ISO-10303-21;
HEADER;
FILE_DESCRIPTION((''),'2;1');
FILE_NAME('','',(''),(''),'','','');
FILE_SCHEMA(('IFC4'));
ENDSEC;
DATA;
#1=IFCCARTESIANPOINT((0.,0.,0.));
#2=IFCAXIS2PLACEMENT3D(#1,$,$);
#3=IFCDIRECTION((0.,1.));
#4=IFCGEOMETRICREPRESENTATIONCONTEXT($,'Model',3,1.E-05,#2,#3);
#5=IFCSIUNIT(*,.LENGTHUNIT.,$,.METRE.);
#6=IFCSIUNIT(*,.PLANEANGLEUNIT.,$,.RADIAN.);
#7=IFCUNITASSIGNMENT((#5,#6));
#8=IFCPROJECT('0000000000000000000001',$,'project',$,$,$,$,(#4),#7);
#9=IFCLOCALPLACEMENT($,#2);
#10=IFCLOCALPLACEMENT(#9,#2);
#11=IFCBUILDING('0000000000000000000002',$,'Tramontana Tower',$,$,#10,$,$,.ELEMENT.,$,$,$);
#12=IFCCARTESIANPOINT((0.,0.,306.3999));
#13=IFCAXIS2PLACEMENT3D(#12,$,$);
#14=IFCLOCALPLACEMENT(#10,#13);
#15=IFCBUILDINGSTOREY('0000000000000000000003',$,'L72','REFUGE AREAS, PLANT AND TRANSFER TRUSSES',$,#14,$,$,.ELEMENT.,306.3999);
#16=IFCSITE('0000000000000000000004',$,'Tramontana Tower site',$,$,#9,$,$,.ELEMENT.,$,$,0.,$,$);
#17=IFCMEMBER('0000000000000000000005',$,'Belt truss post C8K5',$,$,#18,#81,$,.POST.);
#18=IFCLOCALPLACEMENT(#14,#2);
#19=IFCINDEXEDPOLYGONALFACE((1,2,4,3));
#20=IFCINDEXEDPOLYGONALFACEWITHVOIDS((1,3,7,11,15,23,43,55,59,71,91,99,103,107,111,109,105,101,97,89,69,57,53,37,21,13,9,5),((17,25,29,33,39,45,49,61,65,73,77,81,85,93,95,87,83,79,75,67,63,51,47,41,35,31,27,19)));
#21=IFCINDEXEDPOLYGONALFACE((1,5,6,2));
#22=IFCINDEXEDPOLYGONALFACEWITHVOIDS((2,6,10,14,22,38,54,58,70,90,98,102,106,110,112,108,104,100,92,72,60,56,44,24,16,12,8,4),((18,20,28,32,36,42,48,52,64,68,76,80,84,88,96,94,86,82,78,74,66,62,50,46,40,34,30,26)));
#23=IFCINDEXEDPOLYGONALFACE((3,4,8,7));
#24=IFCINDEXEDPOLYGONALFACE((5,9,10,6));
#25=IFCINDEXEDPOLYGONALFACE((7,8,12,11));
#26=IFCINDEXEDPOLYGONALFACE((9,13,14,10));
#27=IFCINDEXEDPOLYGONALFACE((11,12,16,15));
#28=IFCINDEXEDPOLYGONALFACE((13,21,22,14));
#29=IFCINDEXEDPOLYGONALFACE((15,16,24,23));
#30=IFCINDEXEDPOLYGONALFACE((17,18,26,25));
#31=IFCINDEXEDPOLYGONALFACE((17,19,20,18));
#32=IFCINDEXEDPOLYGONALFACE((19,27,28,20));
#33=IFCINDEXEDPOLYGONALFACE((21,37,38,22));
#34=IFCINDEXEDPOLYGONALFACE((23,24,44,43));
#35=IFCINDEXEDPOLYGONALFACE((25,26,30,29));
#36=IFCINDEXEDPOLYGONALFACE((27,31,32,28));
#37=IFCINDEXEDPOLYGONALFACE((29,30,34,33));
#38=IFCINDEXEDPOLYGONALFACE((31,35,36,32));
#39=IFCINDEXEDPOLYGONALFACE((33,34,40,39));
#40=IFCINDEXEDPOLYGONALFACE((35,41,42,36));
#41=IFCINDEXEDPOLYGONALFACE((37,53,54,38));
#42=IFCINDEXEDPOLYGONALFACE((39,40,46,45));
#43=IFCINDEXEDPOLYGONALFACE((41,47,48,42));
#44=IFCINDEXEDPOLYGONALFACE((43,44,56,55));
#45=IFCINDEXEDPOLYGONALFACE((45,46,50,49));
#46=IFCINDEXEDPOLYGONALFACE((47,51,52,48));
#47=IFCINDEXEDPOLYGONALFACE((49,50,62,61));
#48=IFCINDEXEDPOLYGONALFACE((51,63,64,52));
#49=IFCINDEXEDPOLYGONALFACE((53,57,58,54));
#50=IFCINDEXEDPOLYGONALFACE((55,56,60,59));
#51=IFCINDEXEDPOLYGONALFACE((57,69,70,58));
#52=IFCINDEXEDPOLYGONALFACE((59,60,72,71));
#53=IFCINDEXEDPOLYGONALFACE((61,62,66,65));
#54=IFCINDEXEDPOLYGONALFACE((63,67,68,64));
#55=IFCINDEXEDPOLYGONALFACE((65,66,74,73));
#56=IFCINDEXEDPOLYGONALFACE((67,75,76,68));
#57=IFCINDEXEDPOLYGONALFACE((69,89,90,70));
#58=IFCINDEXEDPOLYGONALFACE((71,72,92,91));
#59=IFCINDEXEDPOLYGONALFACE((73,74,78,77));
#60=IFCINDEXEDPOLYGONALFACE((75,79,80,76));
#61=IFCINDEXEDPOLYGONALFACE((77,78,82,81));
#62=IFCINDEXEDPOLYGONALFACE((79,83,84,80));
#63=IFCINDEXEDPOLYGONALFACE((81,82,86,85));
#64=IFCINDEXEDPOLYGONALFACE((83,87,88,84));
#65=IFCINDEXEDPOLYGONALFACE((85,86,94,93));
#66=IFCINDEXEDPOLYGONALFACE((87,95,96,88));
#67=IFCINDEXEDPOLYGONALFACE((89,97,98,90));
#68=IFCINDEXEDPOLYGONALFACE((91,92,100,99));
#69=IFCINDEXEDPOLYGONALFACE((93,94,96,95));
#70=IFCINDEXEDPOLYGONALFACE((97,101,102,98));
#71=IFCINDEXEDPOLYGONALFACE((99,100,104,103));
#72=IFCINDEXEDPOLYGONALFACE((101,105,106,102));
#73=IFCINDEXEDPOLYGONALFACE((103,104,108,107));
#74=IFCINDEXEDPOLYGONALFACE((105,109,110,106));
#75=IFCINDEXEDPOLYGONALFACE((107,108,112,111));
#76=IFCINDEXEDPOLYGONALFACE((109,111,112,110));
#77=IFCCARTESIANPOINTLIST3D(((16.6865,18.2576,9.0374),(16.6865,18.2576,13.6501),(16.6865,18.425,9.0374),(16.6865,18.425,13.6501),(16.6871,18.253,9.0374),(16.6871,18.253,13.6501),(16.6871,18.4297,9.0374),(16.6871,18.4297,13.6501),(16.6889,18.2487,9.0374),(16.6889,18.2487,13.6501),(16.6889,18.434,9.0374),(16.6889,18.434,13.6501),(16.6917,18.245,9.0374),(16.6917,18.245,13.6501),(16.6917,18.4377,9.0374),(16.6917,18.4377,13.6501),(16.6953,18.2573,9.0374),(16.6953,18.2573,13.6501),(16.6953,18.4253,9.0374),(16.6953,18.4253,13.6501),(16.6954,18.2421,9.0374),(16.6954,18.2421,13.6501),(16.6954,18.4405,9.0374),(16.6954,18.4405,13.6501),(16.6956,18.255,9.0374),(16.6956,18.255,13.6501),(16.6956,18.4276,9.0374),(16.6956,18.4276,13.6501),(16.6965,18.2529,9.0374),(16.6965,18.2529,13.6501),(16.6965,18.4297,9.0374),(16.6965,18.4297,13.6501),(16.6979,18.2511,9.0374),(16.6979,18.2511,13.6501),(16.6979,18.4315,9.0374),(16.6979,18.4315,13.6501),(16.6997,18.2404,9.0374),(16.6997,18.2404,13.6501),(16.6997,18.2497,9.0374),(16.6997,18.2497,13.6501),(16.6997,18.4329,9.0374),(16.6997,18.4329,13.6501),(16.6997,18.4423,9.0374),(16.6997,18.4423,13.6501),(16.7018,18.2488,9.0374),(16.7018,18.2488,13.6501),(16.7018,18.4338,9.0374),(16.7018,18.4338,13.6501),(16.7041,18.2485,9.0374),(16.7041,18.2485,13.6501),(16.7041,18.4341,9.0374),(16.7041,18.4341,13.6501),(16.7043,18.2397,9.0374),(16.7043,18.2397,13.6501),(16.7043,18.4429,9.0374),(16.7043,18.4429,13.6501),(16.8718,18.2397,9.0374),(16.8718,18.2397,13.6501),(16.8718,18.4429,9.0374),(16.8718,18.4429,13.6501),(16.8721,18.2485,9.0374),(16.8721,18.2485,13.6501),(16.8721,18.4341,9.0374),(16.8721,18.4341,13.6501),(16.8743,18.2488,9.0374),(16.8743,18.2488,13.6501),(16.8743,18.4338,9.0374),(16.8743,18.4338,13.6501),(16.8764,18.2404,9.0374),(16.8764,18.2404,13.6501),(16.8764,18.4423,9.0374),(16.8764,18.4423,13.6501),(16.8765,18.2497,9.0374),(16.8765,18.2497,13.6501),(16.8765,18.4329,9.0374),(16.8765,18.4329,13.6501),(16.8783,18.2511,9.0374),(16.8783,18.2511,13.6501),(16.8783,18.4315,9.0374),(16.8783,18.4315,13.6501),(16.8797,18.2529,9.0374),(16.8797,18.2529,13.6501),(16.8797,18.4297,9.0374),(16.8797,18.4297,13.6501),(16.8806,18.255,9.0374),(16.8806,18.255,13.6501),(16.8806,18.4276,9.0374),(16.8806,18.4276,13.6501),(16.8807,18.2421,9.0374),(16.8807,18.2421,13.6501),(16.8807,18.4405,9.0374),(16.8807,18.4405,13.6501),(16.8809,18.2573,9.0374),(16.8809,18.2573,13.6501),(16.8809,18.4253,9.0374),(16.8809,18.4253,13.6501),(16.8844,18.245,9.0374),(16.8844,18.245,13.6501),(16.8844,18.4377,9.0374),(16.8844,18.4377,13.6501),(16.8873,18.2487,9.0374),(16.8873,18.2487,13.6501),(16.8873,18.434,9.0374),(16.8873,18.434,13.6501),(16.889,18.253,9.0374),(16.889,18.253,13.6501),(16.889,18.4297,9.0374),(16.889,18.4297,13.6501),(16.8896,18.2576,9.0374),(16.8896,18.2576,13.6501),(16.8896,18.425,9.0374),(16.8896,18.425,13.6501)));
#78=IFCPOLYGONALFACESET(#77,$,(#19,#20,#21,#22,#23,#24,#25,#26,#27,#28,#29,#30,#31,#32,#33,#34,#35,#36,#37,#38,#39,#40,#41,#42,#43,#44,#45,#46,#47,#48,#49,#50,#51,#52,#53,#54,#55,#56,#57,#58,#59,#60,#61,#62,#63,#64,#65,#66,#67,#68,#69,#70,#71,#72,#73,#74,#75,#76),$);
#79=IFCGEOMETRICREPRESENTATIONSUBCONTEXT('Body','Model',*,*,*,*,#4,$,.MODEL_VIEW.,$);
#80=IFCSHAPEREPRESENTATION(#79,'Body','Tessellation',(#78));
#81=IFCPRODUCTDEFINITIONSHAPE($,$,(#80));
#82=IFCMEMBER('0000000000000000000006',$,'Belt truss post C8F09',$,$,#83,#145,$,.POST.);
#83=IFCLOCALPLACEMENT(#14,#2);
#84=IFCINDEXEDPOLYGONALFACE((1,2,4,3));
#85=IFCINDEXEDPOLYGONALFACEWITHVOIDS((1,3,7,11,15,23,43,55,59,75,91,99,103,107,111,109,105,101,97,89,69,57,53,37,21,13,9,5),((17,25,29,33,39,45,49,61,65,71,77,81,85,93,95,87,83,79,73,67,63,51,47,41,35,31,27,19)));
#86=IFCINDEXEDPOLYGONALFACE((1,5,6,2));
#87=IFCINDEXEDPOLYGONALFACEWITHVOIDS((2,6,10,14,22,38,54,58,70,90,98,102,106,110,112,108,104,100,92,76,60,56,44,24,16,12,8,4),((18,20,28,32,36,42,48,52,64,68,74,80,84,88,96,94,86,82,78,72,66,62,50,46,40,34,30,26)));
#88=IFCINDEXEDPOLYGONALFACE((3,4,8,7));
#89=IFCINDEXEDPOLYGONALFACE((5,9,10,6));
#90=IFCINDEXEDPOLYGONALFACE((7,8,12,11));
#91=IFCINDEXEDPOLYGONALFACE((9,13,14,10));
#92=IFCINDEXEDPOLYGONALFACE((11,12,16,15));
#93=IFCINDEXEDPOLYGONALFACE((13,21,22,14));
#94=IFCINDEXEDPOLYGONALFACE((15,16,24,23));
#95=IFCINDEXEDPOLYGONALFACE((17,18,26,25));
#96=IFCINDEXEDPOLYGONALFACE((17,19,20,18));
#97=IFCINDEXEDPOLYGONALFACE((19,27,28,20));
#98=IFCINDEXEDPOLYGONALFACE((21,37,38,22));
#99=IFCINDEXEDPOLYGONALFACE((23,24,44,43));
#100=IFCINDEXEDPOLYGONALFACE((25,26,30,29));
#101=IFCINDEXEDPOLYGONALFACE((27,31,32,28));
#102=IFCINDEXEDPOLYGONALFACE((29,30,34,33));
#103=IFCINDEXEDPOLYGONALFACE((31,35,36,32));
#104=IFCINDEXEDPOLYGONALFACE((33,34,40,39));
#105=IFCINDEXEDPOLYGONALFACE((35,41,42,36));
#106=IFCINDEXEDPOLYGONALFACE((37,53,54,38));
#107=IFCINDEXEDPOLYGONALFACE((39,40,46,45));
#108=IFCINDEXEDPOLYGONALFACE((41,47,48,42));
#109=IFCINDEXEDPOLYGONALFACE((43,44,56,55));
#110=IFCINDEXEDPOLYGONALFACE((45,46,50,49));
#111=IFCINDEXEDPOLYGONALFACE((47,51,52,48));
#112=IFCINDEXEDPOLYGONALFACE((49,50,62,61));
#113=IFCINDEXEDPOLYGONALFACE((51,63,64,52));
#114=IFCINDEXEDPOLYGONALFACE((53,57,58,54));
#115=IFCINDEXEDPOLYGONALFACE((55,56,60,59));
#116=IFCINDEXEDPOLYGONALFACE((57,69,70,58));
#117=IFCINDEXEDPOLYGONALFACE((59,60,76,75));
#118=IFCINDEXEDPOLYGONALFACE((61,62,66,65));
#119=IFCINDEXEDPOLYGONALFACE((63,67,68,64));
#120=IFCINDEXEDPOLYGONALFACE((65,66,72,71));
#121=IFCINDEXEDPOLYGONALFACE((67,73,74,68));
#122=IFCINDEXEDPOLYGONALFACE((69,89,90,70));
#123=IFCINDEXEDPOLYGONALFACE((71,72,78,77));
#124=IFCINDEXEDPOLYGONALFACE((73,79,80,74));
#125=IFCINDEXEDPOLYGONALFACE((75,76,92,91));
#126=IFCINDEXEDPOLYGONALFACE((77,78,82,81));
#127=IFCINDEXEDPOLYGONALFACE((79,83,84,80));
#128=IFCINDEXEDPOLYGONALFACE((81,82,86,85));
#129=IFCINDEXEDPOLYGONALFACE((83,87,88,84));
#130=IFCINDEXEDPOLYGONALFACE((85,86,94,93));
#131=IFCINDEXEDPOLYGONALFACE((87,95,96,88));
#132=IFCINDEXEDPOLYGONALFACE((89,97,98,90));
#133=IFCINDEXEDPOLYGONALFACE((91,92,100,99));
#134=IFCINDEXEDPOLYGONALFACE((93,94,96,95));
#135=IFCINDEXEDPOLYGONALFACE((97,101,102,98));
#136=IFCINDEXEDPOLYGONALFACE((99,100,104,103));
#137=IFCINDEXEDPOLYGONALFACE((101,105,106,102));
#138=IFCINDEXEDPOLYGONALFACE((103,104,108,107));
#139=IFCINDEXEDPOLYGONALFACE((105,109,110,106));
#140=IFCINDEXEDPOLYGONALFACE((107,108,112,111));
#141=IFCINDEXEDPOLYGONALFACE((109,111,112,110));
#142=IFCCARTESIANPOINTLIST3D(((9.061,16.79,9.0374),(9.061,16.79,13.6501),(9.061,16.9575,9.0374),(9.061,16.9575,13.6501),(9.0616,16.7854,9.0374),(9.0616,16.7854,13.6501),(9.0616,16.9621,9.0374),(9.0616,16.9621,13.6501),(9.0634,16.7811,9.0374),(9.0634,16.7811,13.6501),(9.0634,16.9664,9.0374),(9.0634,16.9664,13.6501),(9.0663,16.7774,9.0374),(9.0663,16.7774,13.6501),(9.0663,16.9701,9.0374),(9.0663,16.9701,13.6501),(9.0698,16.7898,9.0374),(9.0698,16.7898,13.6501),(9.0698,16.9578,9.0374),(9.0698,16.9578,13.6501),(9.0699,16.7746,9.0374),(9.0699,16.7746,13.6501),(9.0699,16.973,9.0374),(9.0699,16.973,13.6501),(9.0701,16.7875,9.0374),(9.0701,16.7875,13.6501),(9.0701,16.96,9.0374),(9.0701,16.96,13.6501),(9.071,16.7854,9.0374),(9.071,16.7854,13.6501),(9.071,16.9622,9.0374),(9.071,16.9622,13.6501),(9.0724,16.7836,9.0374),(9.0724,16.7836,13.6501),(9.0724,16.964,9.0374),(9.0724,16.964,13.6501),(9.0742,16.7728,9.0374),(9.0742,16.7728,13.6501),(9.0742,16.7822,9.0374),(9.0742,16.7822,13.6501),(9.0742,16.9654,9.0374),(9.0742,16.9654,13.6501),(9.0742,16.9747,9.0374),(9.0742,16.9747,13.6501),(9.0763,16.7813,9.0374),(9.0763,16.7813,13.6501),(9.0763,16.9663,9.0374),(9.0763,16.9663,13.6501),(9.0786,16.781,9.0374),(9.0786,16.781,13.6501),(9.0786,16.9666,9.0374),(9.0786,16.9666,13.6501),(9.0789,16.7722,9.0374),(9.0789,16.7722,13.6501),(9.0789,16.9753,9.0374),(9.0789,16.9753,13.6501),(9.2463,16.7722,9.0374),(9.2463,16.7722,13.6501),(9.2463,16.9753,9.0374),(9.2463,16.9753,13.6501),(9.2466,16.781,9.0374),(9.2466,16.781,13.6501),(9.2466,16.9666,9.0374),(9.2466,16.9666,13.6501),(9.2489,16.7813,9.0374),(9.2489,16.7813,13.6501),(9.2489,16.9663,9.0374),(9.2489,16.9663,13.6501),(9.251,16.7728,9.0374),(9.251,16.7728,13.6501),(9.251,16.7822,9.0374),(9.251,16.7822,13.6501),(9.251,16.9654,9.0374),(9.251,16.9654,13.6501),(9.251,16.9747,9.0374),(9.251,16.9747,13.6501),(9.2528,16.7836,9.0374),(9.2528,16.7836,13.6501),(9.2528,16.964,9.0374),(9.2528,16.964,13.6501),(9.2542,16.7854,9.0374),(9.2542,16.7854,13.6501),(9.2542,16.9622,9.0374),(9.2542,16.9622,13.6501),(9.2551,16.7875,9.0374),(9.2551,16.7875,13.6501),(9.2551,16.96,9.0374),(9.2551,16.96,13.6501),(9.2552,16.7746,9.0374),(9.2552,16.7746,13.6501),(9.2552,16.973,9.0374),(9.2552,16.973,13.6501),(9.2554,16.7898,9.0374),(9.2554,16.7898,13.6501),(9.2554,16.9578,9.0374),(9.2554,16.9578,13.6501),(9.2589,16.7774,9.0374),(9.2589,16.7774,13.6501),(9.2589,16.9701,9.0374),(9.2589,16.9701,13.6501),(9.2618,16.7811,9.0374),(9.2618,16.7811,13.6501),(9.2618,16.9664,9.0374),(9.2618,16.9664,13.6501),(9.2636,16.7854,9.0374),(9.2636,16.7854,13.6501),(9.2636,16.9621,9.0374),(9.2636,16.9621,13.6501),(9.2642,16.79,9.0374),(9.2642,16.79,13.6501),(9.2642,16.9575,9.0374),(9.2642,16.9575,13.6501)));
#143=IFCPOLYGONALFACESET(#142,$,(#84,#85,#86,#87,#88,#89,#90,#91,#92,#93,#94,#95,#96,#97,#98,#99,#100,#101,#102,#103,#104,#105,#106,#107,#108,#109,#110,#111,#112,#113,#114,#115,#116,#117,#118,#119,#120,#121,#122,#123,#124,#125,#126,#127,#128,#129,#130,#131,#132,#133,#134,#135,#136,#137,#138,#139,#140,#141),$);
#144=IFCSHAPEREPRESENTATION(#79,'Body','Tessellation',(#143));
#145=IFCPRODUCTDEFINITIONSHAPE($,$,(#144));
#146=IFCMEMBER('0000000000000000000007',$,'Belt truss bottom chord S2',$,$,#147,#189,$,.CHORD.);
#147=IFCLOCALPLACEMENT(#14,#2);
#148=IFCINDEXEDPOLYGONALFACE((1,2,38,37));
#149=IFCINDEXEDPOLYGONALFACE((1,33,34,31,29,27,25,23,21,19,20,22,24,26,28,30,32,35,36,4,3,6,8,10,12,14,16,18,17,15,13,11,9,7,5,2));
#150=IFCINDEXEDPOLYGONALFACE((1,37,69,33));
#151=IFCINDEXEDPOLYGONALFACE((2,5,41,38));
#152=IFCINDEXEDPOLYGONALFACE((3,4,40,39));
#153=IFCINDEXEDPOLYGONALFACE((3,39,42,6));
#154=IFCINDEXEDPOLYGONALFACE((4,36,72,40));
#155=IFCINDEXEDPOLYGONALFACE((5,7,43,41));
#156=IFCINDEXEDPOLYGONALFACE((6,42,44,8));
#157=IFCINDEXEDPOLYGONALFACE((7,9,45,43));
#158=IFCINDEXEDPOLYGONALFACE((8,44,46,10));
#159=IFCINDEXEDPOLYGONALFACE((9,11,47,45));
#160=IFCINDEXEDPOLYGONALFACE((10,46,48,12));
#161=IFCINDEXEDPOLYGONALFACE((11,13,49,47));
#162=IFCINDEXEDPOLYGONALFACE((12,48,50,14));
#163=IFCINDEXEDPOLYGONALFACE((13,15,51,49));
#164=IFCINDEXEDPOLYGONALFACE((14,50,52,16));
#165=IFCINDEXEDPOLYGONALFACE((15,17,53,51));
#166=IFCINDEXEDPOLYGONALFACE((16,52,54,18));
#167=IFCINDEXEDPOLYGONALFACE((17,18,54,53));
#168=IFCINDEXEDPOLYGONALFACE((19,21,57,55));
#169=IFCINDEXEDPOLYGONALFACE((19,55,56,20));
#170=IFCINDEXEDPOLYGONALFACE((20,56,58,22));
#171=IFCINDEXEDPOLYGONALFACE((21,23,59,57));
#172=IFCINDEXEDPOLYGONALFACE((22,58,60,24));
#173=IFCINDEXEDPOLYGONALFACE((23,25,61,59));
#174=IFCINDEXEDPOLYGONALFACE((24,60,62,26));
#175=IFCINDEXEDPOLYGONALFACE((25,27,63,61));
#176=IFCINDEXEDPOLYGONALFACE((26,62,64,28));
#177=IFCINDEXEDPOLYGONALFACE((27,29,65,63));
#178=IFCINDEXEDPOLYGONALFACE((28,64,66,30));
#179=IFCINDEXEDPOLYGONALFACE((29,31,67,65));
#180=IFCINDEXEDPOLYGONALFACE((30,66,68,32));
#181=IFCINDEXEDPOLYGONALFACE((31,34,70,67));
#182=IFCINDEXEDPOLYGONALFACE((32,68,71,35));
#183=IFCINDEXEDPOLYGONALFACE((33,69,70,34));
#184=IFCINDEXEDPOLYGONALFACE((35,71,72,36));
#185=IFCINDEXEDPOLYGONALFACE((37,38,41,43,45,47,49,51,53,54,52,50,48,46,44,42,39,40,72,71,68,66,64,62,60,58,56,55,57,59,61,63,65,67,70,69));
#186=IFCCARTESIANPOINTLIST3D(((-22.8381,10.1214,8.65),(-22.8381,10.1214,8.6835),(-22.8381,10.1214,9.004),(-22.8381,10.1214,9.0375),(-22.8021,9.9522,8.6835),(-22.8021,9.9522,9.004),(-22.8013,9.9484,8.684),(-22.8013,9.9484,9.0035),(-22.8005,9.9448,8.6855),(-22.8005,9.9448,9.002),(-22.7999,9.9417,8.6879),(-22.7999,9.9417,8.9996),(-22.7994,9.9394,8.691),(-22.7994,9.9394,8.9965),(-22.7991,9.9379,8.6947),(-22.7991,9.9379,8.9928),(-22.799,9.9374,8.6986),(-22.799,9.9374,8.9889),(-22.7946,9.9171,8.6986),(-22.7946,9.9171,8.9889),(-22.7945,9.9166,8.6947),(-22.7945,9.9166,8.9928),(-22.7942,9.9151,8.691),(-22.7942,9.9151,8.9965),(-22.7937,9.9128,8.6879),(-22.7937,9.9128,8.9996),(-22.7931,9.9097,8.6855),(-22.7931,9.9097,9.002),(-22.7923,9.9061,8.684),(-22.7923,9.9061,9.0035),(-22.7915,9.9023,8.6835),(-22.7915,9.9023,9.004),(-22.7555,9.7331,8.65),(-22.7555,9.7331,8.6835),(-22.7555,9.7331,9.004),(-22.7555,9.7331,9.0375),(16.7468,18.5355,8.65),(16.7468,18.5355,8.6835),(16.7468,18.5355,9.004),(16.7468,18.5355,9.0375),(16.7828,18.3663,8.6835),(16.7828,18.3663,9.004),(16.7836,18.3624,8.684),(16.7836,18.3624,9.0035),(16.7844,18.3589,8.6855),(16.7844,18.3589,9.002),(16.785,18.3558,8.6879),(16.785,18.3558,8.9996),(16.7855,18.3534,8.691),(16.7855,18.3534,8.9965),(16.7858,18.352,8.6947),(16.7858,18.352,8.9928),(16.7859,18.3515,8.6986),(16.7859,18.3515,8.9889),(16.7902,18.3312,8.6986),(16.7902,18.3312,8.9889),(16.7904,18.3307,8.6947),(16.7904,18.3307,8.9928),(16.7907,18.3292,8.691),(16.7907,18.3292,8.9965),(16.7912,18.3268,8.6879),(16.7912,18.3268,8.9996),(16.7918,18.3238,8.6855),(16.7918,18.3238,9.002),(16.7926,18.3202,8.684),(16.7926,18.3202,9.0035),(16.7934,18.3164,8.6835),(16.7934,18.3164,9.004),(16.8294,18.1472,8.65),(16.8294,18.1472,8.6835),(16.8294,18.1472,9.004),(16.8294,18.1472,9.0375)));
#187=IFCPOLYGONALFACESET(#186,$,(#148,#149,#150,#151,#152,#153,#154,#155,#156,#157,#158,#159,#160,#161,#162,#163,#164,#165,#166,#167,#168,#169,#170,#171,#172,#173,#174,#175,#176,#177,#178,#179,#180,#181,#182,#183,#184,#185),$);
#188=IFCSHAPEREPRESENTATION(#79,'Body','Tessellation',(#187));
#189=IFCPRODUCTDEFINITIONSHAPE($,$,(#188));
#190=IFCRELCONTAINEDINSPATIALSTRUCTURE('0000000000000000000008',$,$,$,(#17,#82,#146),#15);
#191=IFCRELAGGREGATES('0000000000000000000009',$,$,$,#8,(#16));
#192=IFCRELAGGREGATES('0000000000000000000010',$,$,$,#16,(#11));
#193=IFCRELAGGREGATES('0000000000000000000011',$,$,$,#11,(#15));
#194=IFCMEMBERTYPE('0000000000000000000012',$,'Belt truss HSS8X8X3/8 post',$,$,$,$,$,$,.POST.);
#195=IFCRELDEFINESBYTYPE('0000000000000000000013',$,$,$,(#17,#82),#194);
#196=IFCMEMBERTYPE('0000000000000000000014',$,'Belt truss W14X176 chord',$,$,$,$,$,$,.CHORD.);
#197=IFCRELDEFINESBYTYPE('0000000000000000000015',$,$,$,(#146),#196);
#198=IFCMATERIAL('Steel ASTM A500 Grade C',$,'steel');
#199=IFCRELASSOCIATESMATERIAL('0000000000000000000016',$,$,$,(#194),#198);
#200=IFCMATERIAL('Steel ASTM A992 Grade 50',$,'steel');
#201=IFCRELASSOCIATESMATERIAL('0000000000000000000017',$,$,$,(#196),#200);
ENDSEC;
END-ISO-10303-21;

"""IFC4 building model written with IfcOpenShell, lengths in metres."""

from ifc_helpers import new_model, si_unit, direction, frame, origin, origin_2d, place, context, subcontext, project, spatial, hollow_rectangle, i_section, extrude, material, material_profile, profile_set, type_object, element, save


model = new_model("IFC4")

# Units and contexts
model_context = context("Model", 3, precision=1e-05, world=origin(), true_north=direction((0.0, 1.0)))
body_context = subcontext(model_context, "Body", "Model", "MODEL_VIEW")
ifc_project = project(units=[si_unit("LENGTHUNIT", "METRE"), si_unit("PLANEANGLEUNIT", "RADIAN")], contexts=[model_context])

# Site, building, storey
site_placement = place(None, origin())
site = spatial("IfcSite", under=ifc_project, at=site_placement, Name="Tramontana Tower site", CompositionType="ELEMENT", RefElevation=0.0)
building_placement = place(site_placement, origin())
building = spatial("IfcBuilding", under=site, at=building_placement, Name="Tramontana Tower", CompositionType="ELEMENT")
storey_placement = place(building_placement, frame((0.0, 0.0, 306.3999)))
storey = spatial("IfcBuildingStorey", under=building, at=storey_placement, Name="L72", Description="REFUGE AREAS, PLANT AND TRANSFER TRUSSES", CompositionType="ELEMENT", Elevation=306.3999)

# Members
ifc_material_1 = material(Name="Steel ASTM A500 Grade C", Category="steel")
ifc_material_profile_1 = material_profile(ifc_material_1, hollow_rectangle(XDim=0.2031, YDim=0.2031, WallThickness=0.0088, InnerFilletRadius=0.0088, OuterFilletRadius=0.0178, at=origin_2d()), Name="HSS8X8X3/8")
ifc_profile_set_1 = profile_set([ifc_material_profile_1], Name="Steel ASTM A500 Grade C")
member_type_1 = type_object("IfcMemberType", Name="Belt truss HSS8X8X3/8 post", PredefinedType="POST", material=ifc_profile_set_1)
for number, where, z_axis, x_axis, name in (
    (1, (16.7881, 18.3413, 9.0374), (0.0, 0.0, 1.0), (1.0, 0.0, 0.0), "Belt truss post C8K5"),
    (2, (9.1626, 16.8738, 9.0374), (0.0, 0.0, 1.0), (1.0, 0.0, 0.0), "Belt truss post C8F09"),
):
    element("IfcMember", number, at=place(storey_placement, frame(where, z_axis=z_axis, x_axis=x_axis)), inside=storey, type_object=member_type_1, Name=name, PredefinedType="POST", context=body_context, shape_type="SweptSolid", body=[
        extrude(hollow_rectangle(XDim=0.2031, YDim=0.2031, WallThickness=0.0088, InnerFilletRadius=0.0088, OuterFilletRadius=0.0178, at=origin_2d()), origin(), (0.0, 0.0, 1.0), 4.6128),
    ])
ifc_material_2 = material(Name="Steel ASTM A992 Grade 50", Category="steel")
ifc_material_profile_2 = material_profile(ifc_material_2, i_section(OverallWidth=0.397, OverallDepth=0.3875, WebThickness=0.0208, FlangeThickness=0.0334, FilletRadius=0.0151, at=origin_2d()), Name="W14X176")
ifc_profile_set_2 = profile_set([ifc_material_profile_2], Name="Steel ASTM A992 Grade 50")
member_type_2 = type_object("IfcMemberType", Name="Belt truss W14X176 chord", PredefinedType="CHORD", material=ifc_profile_set_2)
for number, where, z_axis, x_axis, name in (
    (3, (16.7881, 18.3413, 8.8438), (-0.978148, -0.207912, 0.0), (0.207912, -0.978148, 0.0), "Belt truss bottom chord S2"),
):
    element("IfcMember", number, at=place(storey_placement, frame(where, z_axis=z_axis, x_axis=x_axis)), inside=storey, type_object=member_type_2, Name=name, PredefinedType="CHORD", context=body_context, shape_type="SweptSolid", body=[
        extrude(i_section(OverallWidth=0.397, OverallDepth=0.3875, WebThickness=0.0208, FlangeThickness=0.0334, FilletRadius=0.0151, at=origin_2d()), origin(), (0.0, 0.0, 1.0), 40.4692),
    ])

save(model, "model.ifc")
